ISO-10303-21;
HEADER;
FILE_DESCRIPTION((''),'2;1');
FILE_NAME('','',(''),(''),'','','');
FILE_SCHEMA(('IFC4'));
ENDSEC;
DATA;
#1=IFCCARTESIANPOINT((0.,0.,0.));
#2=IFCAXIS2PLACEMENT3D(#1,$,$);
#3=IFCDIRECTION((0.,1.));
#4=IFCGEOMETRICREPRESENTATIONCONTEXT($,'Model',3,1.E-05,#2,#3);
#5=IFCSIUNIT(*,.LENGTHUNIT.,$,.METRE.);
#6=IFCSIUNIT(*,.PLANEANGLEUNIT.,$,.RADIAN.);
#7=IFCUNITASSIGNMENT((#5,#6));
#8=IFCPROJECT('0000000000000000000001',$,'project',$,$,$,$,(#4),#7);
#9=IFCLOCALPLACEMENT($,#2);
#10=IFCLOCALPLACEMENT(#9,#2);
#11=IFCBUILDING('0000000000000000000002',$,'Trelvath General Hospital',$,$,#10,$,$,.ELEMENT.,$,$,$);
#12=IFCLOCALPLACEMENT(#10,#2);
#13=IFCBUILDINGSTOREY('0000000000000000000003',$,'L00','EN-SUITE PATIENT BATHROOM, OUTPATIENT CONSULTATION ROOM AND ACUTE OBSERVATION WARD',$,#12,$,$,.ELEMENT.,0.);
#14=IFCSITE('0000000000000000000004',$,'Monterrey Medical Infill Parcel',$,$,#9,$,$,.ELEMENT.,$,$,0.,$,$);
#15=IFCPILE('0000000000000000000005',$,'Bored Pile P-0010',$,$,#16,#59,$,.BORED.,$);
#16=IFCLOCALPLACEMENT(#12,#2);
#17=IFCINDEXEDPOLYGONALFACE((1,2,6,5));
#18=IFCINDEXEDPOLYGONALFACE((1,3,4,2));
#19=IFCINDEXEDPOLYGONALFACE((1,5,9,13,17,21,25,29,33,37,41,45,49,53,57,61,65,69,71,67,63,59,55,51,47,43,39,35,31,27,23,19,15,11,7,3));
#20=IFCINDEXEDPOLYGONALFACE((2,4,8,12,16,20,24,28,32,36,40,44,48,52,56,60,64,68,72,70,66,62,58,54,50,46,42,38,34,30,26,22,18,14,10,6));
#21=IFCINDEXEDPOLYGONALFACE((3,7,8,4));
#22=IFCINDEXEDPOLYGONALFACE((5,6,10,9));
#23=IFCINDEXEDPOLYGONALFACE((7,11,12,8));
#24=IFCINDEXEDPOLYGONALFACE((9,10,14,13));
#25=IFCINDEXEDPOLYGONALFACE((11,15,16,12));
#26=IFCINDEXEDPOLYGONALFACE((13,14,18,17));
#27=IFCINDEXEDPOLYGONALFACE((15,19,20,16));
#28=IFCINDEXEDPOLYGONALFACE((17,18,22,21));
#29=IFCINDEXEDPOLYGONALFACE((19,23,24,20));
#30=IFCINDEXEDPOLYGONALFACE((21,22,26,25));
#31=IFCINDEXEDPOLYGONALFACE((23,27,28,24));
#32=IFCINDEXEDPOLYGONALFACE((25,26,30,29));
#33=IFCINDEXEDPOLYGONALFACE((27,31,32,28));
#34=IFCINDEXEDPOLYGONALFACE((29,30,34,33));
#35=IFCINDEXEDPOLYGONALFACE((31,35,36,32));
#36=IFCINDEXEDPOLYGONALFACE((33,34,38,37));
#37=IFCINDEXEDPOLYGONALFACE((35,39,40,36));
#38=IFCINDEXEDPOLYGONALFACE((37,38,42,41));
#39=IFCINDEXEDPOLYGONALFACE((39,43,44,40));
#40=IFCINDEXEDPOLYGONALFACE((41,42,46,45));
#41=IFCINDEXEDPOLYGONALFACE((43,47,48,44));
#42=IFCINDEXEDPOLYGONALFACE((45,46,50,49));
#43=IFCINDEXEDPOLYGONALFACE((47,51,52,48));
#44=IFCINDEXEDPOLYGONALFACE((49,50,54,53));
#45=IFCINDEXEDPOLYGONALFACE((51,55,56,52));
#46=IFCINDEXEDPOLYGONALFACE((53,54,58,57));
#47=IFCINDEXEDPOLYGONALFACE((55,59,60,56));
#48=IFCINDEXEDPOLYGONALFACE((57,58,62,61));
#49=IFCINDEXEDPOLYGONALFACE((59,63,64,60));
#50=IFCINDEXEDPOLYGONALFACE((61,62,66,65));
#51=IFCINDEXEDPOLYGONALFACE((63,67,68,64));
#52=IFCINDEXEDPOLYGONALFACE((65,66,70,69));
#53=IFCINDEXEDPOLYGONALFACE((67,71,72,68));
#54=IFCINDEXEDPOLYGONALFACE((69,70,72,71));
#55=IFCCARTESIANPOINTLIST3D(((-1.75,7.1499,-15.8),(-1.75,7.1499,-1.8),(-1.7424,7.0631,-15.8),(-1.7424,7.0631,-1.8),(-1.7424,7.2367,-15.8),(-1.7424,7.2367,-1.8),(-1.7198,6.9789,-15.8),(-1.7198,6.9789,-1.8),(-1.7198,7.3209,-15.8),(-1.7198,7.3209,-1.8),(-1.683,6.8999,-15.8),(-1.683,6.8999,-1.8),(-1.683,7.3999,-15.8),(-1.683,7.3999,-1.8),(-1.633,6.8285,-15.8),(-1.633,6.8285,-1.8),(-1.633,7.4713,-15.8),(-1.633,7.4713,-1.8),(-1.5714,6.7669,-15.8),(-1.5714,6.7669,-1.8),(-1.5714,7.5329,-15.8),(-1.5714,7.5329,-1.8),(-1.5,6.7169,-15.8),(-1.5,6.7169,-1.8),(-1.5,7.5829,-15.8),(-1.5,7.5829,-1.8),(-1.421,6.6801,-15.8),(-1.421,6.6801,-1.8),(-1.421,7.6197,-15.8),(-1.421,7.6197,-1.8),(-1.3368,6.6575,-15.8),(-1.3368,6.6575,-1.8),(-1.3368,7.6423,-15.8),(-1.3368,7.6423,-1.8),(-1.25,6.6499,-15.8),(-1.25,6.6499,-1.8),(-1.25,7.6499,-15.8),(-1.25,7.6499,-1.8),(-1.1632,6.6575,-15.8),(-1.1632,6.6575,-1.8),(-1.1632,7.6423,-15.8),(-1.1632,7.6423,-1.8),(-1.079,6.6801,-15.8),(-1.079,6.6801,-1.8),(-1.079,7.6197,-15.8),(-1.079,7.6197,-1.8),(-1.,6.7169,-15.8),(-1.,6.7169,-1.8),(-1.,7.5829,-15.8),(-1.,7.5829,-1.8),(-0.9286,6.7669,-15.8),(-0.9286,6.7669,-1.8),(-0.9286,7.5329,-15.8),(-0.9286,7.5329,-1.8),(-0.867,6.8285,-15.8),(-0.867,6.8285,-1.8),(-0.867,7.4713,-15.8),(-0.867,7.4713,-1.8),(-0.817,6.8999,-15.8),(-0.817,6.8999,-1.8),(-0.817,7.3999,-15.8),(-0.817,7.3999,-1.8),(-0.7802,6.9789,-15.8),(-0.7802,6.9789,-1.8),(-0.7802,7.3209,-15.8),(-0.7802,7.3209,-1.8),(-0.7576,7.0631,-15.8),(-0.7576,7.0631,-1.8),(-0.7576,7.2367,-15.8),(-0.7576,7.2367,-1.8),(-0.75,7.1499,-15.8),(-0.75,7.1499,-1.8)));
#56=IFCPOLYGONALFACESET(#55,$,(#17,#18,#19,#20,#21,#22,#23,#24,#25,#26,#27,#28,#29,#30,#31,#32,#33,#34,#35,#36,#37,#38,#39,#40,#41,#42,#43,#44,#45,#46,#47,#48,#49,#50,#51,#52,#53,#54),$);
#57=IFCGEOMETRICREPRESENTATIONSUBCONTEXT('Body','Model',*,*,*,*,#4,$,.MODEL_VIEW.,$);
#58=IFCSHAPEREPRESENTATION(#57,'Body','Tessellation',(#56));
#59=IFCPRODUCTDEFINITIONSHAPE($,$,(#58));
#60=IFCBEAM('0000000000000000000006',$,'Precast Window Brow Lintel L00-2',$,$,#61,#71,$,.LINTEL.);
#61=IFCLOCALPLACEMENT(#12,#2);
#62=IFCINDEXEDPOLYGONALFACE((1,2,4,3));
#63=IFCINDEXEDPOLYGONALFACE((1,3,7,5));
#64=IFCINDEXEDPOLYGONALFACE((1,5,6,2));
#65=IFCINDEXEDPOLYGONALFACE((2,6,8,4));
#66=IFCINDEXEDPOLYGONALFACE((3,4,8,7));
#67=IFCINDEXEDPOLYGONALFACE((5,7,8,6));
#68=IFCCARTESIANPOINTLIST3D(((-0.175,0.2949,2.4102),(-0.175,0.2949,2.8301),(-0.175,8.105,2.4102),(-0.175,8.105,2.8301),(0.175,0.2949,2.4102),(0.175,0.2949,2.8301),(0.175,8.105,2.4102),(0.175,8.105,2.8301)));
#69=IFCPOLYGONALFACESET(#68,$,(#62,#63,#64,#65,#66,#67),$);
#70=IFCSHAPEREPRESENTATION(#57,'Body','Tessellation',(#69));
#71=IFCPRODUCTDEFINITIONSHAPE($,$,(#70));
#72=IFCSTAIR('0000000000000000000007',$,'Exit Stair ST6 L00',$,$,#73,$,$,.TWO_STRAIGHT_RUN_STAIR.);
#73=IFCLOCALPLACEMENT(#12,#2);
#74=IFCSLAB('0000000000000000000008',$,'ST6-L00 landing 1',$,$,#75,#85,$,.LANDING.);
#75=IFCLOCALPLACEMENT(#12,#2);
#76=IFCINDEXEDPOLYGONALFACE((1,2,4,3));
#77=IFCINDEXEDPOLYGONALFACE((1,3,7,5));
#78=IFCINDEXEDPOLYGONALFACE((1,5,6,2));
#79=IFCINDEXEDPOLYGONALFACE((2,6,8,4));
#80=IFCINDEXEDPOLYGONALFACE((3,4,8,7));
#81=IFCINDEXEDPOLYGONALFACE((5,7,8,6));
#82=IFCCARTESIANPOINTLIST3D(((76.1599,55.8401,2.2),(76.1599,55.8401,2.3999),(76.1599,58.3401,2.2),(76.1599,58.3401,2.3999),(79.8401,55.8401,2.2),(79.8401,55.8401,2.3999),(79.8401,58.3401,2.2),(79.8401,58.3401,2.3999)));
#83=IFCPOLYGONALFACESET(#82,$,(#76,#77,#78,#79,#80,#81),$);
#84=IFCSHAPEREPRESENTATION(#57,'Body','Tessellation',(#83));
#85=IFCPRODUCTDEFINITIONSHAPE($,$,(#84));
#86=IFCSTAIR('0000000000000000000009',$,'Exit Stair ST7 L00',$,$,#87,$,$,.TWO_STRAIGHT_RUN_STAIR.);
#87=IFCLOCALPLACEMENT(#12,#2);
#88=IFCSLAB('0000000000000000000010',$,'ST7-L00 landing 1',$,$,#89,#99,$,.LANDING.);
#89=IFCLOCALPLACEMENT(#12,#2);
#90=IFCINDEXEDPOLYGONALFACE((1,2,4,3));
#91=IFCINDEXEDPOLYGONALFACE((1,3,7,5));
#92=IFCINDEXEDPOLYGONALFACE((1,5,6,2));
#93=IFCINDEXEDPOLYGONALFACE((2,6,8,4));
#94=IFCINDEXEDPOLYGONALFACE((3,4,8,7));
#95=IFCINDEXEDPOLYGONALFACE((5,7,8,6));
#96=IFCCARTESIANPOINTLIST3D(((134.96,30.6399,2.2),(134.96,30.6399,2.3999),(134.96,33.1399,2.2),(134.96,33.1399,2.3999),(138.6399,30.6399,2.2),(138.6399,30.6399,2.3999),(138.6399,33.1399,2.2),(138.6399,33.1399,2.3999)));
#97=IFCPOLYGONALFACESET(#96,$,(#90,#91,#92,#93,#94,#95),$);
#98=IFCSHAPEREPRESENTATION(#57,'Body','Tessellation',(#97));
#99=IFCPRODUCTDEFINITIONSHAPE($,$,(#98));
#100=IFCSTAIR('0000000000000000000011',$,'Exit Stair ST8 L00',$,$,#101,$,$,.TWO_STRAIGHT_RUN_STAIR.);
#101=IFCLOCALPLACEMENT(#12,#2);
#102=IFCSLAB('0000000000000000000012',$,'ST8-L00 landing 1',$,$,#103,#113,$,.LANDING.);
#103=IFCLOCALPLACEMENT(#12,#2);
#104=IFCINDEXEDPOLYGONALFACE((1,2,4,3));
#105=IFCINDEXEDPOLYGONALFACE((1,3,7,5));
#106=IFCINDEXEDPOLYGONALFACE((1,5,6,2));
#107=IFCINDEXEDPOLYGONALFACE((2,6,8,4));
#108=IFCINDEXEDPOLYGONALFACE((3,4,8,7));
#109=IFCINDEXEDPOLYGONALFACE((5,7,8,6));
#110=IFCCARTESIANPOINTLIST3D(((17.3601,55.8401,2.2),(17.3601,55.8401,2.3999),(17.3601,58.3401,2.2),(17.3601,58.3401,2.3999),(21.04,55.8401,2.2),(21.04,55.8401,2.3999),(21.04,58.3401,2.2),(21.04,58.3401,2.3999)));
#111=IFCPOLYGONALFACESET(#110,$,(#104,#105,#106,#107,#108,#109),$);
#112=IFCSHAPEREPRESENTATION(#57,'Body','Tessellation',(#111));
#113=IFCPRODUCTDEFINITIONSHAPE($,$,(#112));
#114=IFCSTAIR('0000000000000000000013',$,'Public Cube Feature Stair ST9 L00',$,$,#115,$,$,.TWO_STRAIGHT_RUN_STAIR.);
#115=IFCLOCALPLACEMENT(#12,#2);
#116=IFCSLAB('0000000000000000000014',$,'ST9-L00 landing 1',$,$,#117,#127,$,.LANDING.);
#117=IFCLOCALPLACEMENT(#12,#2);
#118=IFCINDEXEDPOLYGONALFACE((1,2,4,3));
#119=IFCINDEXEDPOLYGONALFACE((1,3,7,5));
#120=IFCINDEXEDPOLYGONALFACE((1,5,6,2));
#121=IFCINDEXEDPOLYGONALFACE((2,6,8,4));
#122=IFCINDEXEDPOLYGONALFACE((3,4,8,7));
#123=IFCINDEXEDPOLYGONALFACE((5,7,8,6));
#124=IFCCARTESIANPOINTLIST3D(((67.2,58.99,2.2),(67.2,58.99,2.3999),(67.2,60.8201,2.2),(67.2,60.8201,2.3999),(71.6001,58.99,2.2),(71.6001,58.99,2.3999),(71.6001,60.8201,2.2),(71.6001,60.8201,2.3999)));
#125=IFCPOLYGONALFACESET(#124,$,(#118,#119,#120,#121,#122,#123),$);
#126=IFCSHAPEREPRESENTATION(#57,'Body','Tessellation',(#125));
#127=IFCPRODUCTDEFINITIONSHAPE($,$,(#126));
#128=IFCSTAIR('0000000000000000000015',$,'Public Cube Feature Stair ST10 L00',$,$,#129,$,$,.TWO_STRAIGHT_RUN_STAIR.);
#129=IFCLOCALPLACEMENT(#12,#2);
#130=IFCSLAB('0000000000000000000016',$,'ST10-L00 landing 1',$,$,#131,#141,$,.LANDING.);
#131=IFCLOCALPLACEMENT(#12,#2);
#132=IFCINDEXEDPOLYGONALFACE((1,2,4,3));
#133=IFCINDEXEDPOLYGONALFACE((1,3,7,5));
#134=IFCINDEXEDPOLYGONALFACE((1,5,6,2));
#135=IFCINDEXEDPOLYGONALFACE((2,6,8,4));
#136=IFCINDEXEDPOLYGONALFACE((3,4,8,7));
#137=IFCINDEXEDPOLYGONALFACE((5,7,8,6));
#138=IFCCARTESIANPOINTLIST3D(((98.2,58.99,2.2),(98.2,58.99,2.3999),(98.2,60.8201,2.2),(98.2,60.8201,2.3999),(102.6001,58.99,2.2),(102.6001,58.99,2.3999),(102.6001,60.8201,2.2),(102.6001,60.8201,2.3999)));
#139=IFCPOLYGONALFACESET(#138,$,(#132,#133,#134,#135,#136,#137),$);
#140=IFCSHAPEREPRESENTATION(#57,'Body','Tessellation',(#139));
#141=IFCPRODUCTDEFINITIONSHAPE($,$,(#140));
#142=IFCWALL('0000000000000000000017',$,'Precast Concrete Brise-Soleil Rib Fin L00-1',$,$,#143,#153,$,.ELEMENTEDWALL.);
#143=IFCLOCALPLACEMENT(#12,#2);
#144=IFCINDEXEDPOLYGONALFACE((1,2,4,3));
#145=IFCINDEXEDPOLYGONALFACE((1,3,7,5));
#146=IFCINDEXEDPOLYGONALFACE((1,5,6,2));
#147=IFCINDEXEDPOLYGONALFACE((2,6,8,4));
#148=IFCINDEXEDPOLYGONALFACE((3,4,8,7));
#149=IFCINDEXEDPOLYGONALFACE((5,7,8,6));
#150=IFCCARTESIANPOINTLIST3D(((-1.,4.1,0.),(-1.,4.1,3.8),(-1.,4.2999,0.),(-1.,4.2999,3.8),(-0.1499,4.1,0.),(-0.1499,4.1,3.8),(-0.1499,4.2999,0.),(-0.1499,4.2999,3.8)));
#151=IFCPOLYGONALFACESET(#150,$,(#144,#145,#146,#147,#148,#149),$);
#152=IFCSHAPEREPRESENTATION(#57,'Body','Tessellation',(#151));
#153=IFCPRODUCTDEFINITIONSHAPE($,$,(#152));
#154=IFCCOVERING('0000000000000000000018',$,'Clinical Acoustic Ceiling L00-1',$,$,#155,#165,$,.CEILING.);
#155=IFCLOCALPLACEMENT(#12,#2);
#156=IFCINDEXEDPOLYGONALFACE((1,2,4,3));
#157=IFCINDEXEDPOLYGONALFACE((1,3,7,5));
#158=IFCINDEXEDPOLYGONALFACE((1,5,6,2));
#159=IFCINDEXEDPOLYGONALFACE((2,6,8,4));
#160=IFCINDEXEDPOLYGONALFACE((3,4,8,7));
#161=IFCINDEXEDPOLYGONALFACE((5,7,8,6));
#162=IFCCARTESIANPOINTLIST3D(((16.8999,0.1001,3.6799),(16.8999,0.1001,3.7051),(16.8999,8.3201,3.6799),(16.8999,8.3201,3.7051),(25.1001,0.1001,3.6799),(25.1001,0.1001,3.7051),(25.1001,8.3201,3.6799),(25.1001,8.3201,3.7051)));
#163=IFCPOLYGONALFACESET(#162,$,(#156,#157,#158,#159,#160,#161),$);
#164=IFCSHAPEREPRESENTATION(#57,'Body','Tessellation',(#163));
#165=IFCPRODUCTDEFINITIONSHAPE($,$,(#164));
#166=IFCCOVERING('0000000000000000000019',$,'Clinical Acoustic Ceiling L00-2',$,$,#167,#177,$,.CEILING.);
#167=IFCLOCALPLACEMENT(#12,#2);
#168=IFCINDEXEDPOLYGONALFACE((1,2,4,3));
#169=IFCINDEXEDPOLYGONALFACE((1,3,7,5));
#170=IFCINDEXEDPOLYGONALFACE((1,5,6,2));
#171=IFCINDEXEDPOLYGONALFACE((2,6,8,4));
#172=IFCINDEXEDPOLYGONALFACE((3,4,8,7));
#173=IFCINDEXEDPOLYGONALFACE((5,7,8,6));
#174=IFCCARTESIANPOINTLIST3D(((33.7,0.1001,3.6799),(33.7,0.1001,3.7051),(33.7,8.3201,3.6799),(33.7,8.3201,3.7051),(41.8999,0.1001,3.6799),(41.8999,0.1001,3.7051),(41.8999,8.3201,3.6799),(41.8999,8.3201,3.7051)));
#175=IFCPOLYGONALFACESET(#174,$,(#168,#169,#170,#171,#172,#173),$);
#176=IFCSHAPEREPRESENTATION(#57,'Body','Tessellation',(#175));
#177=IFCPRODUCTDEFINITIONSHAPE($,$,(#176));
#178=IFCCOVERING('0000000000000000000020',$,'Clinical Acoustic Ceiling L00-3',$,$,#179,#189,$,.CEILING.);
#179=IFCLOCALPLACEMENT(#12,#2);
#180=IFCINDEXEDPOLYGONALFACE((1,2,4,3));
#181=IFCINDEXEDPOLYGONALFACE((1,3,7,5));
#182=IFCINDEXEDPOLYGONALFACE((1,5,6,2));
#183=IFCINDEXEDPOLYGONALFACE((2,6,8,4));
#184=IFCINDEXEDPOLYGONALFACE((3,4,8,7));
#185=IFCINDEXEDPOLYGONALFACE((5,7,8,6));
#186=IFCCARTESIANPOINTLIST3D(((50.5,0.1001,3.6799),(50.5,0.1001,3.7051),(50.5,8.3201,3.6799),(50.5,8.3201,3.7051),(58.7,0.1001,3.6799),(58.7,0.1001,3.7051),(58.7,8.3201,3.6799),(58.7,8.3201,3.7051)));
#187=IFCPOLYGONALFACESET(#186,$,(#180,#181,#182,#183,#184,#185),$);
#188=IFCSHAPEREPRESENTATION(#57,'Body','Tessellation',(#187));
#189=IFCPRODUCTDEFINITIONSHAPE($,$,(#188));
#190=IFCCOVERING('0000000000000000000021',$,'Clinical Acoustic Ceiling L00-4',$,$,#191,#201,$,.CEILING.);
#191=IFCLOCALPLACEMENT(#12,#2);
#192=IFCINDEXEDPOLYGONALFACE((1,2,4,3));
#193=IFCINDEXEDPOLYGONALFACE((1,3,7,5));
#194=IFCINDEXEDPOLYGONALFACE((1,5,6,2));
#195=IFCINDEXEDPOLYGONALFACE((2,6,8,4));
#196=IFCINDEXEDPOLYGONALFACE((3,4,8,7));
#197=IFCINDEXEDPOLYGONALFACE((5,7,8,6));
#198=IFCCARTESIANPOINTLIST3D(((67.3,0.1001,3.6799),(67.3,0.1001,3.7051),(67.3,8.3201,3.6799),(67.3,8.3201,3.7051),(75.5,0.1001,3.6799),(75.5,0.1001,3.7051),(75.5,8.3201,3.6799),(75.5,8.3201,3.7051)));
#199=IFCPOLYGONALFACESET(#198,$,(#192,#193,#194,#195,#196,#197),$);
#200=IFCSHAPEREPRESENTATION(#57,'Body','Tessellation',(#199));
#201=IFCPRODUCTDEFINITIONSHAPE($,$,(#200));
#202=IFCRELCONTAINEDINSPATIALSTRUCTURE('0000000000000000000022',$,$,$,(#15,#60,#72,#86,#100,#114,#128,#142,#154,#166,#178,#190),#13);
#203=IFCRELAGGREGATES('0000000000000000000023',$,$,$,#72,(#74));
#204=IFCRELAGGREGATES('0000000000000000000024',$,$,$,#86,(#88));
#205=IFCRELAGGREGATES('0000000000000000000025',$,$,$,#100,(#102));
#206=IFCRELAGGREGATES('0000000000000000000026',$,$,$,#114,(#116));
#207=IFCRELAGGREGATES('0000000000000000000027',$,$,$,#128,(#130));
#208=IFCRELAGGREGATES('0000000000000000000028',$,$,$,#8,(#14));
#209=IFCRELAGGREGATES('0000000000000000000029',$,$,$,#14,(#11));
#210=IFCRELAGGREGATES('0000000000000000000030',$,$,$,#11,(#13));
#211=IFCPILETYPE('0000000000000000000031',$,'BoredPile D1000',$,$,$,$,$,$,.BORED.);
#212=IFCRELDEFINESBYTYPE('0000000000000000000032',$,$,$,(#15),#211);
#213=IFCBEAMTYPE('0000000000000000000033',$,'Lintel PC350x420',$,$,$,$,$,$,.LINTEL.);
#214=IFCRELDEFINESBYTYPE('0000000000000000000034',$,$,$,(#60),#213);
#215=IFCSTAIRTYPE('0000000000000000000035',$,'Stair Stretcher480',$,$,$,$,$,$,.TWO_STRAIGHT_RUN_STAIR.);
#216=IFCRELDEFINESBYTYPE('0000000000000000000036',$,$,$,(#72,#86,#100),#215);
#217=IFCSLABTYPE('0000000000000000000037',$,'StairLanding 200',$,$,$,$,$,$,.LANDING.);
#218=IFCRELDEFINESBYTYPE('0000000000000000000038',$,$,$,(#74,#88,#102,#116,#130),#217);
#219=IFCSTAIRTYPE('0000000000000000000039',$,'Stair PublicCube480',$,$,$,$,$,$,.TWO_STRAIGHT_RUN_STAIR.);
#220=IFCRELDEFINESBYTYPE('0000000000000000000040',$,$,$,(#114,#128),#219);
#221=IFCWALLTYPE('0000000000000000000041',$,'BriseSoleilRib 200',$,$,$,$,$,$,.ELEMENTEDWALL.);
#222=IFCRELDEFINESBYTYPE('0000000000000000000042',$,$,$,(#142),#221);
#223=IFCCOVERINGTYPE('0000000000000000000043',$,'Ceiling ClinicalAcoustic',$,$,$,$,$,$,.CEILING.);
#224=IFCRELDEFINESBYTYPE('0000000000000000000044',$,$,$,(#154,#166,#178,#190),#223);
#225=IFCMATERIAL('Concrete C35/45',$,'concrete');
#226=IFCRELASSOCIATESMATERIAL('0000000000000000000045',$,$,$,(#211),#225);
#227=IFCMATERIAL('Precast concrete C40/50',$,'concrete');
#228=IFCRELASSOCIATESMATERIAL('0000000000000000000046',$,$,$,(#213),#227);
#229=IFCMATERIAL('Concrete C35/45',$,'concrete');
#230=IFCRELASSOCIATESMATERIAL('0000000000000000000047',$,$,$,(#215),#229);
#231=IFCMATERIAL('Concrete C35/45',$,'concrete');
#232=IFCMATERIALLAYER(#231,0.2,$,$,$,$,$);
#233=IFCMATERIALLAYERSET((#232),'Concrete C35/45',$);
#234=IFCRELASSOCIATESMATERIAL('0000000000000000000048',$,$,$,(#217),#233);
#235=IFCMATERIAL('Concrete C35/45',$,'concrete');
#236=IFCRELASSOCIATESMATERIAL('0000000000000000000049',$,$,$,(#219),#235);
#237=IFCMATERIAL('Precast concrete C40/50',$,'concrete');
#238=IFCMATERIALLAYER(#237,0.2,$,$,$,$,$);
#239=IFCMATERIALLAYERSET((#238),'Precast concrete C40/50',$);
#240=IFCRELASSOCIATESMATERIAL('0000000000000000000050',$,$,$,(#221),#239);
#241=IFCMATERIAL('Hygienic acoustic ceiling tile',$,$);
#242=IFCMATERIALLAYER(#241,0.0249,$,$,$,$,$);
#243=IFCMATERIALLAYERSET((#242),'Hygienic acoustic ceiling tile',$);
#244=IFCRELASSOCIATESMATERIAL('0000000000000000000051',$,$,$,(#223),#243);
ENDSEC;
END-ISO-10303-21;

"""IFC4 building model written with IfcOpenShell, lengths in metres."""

from ifc_helpers import new_model, si_unit, direction, frame, frame_2d, origin, origin_2d, place, context, subcontext, project, spatial, polyline, rectangle, circle, outline, extrude, material, layer, layer_set, material_profile, profile_set, type_object, element, aggregate, save


model = new_model("IFC4")

# Units and contexts
model_context = context("Model", 3, precision=1e-05, world=origin(), true_north=direction((0.0, 1.0)))
body_context = subcontext(model_context, "Body", "Model", "MODEL_VIEW")
ifc_project = project(units=[si_unit("LENGTHUNIT", "METRE"), si_unit("PLANEANGLEUNIT", "RADIAN")], contexts=[model_context])

# Site, building, storey
site_placement = place(None, origin())
site = spatial("IfcSite", under=ifc_project, at=site_placement, Name="Monterrey Medical Infill Parcel", CompositionType="ELEMENT", RefElevation=0.0)
building_placement = place(site_placement, origin())
building = spatial("IfcBuilding", under=site, at=building_placement, Name="Trelvath General Hospital", CompositionType="ELEMENT")
storey_placement = place(building_placement, origin())
storey = spatial("IfcBuildingStorey", under=building, at=storey_placement, Name="L00", Description="EN-SUITE PATIENT BATHROOM, OUTPATIENT CONSULTATION ROOM AND ACUTE OBSERVATION WARD", CompositionType="ELEMENT", Elevation=0.0)

# Pile
ifc_material_1 = material(Name="Concrete C35/45", Category="concrete")
ifc_material_profile_1 = material_profile(ifc_material_1, circle(Radius=0.5, at=origin_2d()), Name="PILE1000")
ifc_profile_set_1 = profile_set([ifc_material_profile_1], Name="Concrete C35/45")
pile_type = type_object("IfcPileType", Name="BoredPile D1000", PredefinedType="BORED", material=ifc_profile_set_1)
pile_placement = place(storey_placement, frame((-1.25, 7.1499, -1.8), z_axis=(0.0, 0.0, -1.0), x_axis=(1.0, 0.0, 0.0)))
element("IfcPile", 1, at=pile_placement, inside=storey, type_object=pile_type, Name="Bored Pile P-0010", PredefinedType="BORED", context=body_context, shape_type="SweptSolid", body=[
    extrude(circle(Radius=0.5, at=origin_2d()), origin(), (0.0, 0.0, 1.0), 14.0),
])

# Beam
ifc_material_2 = material(Name="Precast concrete C40/50", Category="concrete")
ifc_material_profile_2 = material_profile(ifc_material_2, rectangle(XDim=0.3501, YDim=0.4199, at=origin_2d()), Name="PCL350x420")
ifc_profile_set_2 = profile_set([ifc_material_profile_2], Name="Precast concrete C40/50")
beam_type = type_object("IfcBeamType", Name="Lintel PC350x420", PredefinedType="LINTEL", material=ifc_profile_set_2)
beam_placement = place(storey_placement, frame((0.0, 0.2949, 2.6201), z_axis=(0.0, 1.0, 0.0), x_axis=(-1.0, 0.0, 0.0)))
element("IfcBeam", 2, at=beam_placement, inside=storey, type_object=beam_type, Name="Precast Window Brow Lintel L00-2", PredefinedType="LINTEL", context=body_context, shape_type="SweptSolid", body=[
    extrude(rectangle(XDim=0.3501, YDim=0.4199, at=origin_2d()), origin(), (0.0, 0.0, 1.0), 7.8101),
])

# Stairs, slabs
ifc_material_3 = material(Name="Concrete C35/45", Category="concrete")
stair_type_1 = type_object("IfcStairType", Name="Stair Stretcher480", PredefinedType="TWO_STRAIGHT_RUN_STAIR", material=ifc_material_3)
stair_1_placement = place(storey_placement, origin())
stair_1 = element("IfcStair", 3, at=stair_1_placement, inside=storey, type_object=stair_type_1, Name="Exit Stair ST6 L00", PredefinedType="TWO_STRAIGHT_RUN_STAIR")
ifc_material_4 = material(Name="Concrete C35/45", Category="concrete")
ifc_layer_1 = layer(ifc_material_4, 0.2)
ifc_layer_set_1 = layer_set([ifc_layer_1], Name="Concrete C35/45")
slab_type = type_object("IfcSlabType", Name="StairLanding 200", PredefinedType="LANDING", material=ifc_layer_set_1)
slab_1_placement = place(storey_placement, frame((0.0, 0.0, 2.2)))
slab_1 = element("IfcSlab", 4, at=slab_1_placement, type_object=slab_type, Name="ST6-L00 landing 1", PredefinedType="LANDING", context=body_context, shape_type="SweptSolid", body=[
    extrude(outline(polyline([(76.1599, 55.8401), (79.8401, 55.8401), (79.8401, 58.3401), (76.1599, 58.3401), (76.1599, 55.8401)])), origin(), (0.0, 0.0, 1.0), 0.2),
])
aggregate(stair_1, [slab_1])
stair_2_placement = place(storey_placement, origin())
stair_2 = element("IfcStair", 5, at=stair_2_placement, inside=storey, type_object=stair_type_1, Name="Exit Stair ST7 L00", PredefinedType="TWO_STRAIGHT_RUN_STAIR")
slab_2_placement = place(storey_placement, frame((0.0, 0.0, 2.2)))
slab_2 = element("IfcSlab", 6, at=slab_2_placement, type_object=slab_type, Name="ST7-L00 landing 1", PredefinedType="LANDING", context=body_context, shape_type="SweptSolid", body=[
    extrude(outline(polyline([(134.96, 30.6399), (138.6399, 30.6399), (138.6399, 33.1399), (134.96, 33.1399), (134.96, 30.6399)])), origin(), (0.0, 0.0, 1.0), 0.2),
])
aggregate(stair_2, [slab_2])
stair_3_placement = place(storey_placement, origin())
stair_3 = element("IfcStair", 7, at=stair_3_placement, inside=storey, type_object=stair_type_1, Name="Exit Stair ST8 L00", PredefinedType="TWO_STRAIGHT_RUN_STAIR")
slab_3_placement = place(storey_placement, frame((0.0, 0.0, 2.2)))
slab_3 = element("IfcSlab", 8, at=slab_3_placement, type_object=slab_type, Name="ST8-L00 landing 1", PredefinedType="LANDING", context=body_context, shape_type="SweptSolid", body=[
    extrude(outline(polyline([(17.3601, 55.8401), (21.04, 55.8401), (21.04, 58.3401), (17.3601, 58.3401), (17.3601, 55.8401)])), origin(), (0.0, 0.0, 1.0), 0.2),
])
aggregate(stair_3, [slab_3])
ifc_material_5 = material(Name="Concrete C35/45", Category="concrete")
stair_type_2 = type_object("IfcStairType", Name="Stair PublicCube480", PredefinedType="TWO_STRAIGHT_RUN_STAIR", material=ifc_material_5)
stair_4_placement = place(storey_placement, origin())
stair_4 = element("IfcStair", 9, at=stair_4_placement, inside=storey, type_object=stair_type_2, Name="Public Cube Feature Stair ST9 L00", PredefinedType="TWO_STRAIGHT_RUN_STAIR")
slab_4_placement = place(storey_placement, frame((0.0, 0.0, 2.2)))
slab_4 = element("IfcSlab", 10, at=slab_4_placement, type_object=slab_type, Name="ST9-L00 landing 1", PredefinedType="LANDING", context=body_context, shape_type="SweptSolid", body=[
    extrude(outline(polyline([(67.2, 58.99), (71.6001, 58.99), (71.6001, 60.8201), (67.2, 60.8201), (67.2, 58.99)])), origin(), (0.0, 0.0, 1.0), 0.2),
])
aggregate(stair_4, [slab_4])
stair_5_placement = place(storey_placement, origin())
stair_5 = element("IfcStair", 11, at=stair_5_placement, inside=storey, type_object=stair_type_2, Name="Public Cube Feature Stair ST10 L00", PredefinedType="TWO_STRAIGHT_RUN_STAIR")
slab_5_placement = place(storey_placement, frame((0.0, 0.0, 2.2)))
slab_5 = element("IfcSlab", 12, at=slab_5_placement, type_object=slab_type, Name="ST10-L00 landing 1", PredefinedType="LANDING", context=body_context, shape_type="SweptSolid", body=[
    extrude(outline(polyline([(98.2, 58.99), (102.6001, 58.99), (102.6001, 60.8201), (98.2, 60.8201), (98.2, 58.99)])), origin(), (0.0, 0.0, 1.0), 0.2),
])
aggregate(stair_5, [slab_5])

# Wall
ifc_material_6 = material(Name="Precast concrete C40/50", Category="concrete")
ifc_layer_2 = layer(ifc_material_6, 0.2)
ifc_layer_set_2 = layer_set([ifc_layer_2], Name="Precast concrete C40/50")
wall_type = type_object("IfcWallType", Name="BriseSoleilRib 200", PredefinedType="ELEMENTEDWALL", material=ifc_layer_set_2)
wall_placement = place(storey_placement, frame((-0.1499, 4.2, 0.0), z_axis=(0.0, 0.0, 1.0), x_axis=(-1.0, 0.0, 0.0)))
element("IfcWall", 13, at=wall_placement, inside=storey, type_object=wall_type, Name="Precast Concrete Brise-Soleil Rib Fin L00-1", PredefinedType="ELEMENTEDWALL", context=body_context, shape_type="SweptSolid", body=[
    extrude(rectangle(XDim=0.8501, YDim=0.2, at=frame_2d((0.425, 0.0))), origin(), (0.0, 0.0, 1.0), 3.8),
])

# Coverings
ifc_material_7 = material(Name="Hygienic acoustic ceiling tile")
ifc_layer_3 = layer(ifc_material_7, 0.0249)
ifc_layer_set_3 = layer_set([ifc_layer_3], Name="Hygienic acoustic ceiling tile")
covering_type = type_object("IfcCoveringType", Name="Ceiling ClinicalAcoustic", PredefinedType="CEILING", material=ifc_layer_set_3)
covering_1_placement = place(storey_placement, frame((0.0, 0.0, 3.6799)))
element("IfcCovering", 14, at=covering_1_placement, inside=storey, type_object=covering_type, Name="Clinical Acoustic Ceiling L00-1", PredefinedType="CEILING", context=body_context, shape_type="SweptSolid", body=[
    extrude(outline(polyline([(16.8999, 0.1001), (25.1001, 0.1001), (25.1001, 8.3201), (16.8999, 8.3201), (16.8999, 0.1001)])), origin(), (0.0, 0.0, 1.0), 0.0251),
])
covering_2_placement = place(storey_placement, frame((0.0, 0.0, 3.6799)))
element("IfcCovering", 15, at=covering_2_placement, inside=storey, type_object=covering_type, Name="Clinical Acoustic Ceiling L00-2", PredefinedType="CEILING", context=body_context, shape_type="SweptSolid", body=[
    extrude(outline(polyline([(33.7, 0.1001), (41.8999, 0.1001), (41.8999, 8.3201), (33.7, 8.3201), (33.7, 0.1001)])), origin(), (0.0, 0.0, 1.0), 0.0251),
])
covering_3_placement = place(storey_placement, frame((0.0, 0.0, 3.6799)))
element("IfcCovering", 16, at=covering_3_placement, inside=storey, type_object=covering_type, Name="Clinical Acoustic Ceiling L00-3", PredefinedType="CEILING", context=body_context, shape_type="SweptSolid", body=[
    extrude(outline(polyline([(50.5, 0.1001), (58.7, 0.1001), (58.7, 8.3201), (50.5, 8.3201), (50.5, 0.1001)])), origin(), (0.0, 0.0, 1.0), 0.0251),
])
covering_4_placement = place(storey_placement, frame((0.0, 0.0, 3.6799)))
element("IfcCovering", 17, at=covering_4_placement, inside=storey, type_object=covering_type, Name="Clinical Acoustic Ceiling L00-4", PredefinedType="CEILING", context=body_context, shape_type="SweptSolid", body=[
    extrude(outline(polyline([(67.3, 0.1001), (75.5, 0.1001), (75.5, 8.3201), (67.3, 8.3201), (67.3, 0.1001)])), origin(), (0.0, 0.0, 1.0), 0.0251),
])

save(model, "model.ifc")
